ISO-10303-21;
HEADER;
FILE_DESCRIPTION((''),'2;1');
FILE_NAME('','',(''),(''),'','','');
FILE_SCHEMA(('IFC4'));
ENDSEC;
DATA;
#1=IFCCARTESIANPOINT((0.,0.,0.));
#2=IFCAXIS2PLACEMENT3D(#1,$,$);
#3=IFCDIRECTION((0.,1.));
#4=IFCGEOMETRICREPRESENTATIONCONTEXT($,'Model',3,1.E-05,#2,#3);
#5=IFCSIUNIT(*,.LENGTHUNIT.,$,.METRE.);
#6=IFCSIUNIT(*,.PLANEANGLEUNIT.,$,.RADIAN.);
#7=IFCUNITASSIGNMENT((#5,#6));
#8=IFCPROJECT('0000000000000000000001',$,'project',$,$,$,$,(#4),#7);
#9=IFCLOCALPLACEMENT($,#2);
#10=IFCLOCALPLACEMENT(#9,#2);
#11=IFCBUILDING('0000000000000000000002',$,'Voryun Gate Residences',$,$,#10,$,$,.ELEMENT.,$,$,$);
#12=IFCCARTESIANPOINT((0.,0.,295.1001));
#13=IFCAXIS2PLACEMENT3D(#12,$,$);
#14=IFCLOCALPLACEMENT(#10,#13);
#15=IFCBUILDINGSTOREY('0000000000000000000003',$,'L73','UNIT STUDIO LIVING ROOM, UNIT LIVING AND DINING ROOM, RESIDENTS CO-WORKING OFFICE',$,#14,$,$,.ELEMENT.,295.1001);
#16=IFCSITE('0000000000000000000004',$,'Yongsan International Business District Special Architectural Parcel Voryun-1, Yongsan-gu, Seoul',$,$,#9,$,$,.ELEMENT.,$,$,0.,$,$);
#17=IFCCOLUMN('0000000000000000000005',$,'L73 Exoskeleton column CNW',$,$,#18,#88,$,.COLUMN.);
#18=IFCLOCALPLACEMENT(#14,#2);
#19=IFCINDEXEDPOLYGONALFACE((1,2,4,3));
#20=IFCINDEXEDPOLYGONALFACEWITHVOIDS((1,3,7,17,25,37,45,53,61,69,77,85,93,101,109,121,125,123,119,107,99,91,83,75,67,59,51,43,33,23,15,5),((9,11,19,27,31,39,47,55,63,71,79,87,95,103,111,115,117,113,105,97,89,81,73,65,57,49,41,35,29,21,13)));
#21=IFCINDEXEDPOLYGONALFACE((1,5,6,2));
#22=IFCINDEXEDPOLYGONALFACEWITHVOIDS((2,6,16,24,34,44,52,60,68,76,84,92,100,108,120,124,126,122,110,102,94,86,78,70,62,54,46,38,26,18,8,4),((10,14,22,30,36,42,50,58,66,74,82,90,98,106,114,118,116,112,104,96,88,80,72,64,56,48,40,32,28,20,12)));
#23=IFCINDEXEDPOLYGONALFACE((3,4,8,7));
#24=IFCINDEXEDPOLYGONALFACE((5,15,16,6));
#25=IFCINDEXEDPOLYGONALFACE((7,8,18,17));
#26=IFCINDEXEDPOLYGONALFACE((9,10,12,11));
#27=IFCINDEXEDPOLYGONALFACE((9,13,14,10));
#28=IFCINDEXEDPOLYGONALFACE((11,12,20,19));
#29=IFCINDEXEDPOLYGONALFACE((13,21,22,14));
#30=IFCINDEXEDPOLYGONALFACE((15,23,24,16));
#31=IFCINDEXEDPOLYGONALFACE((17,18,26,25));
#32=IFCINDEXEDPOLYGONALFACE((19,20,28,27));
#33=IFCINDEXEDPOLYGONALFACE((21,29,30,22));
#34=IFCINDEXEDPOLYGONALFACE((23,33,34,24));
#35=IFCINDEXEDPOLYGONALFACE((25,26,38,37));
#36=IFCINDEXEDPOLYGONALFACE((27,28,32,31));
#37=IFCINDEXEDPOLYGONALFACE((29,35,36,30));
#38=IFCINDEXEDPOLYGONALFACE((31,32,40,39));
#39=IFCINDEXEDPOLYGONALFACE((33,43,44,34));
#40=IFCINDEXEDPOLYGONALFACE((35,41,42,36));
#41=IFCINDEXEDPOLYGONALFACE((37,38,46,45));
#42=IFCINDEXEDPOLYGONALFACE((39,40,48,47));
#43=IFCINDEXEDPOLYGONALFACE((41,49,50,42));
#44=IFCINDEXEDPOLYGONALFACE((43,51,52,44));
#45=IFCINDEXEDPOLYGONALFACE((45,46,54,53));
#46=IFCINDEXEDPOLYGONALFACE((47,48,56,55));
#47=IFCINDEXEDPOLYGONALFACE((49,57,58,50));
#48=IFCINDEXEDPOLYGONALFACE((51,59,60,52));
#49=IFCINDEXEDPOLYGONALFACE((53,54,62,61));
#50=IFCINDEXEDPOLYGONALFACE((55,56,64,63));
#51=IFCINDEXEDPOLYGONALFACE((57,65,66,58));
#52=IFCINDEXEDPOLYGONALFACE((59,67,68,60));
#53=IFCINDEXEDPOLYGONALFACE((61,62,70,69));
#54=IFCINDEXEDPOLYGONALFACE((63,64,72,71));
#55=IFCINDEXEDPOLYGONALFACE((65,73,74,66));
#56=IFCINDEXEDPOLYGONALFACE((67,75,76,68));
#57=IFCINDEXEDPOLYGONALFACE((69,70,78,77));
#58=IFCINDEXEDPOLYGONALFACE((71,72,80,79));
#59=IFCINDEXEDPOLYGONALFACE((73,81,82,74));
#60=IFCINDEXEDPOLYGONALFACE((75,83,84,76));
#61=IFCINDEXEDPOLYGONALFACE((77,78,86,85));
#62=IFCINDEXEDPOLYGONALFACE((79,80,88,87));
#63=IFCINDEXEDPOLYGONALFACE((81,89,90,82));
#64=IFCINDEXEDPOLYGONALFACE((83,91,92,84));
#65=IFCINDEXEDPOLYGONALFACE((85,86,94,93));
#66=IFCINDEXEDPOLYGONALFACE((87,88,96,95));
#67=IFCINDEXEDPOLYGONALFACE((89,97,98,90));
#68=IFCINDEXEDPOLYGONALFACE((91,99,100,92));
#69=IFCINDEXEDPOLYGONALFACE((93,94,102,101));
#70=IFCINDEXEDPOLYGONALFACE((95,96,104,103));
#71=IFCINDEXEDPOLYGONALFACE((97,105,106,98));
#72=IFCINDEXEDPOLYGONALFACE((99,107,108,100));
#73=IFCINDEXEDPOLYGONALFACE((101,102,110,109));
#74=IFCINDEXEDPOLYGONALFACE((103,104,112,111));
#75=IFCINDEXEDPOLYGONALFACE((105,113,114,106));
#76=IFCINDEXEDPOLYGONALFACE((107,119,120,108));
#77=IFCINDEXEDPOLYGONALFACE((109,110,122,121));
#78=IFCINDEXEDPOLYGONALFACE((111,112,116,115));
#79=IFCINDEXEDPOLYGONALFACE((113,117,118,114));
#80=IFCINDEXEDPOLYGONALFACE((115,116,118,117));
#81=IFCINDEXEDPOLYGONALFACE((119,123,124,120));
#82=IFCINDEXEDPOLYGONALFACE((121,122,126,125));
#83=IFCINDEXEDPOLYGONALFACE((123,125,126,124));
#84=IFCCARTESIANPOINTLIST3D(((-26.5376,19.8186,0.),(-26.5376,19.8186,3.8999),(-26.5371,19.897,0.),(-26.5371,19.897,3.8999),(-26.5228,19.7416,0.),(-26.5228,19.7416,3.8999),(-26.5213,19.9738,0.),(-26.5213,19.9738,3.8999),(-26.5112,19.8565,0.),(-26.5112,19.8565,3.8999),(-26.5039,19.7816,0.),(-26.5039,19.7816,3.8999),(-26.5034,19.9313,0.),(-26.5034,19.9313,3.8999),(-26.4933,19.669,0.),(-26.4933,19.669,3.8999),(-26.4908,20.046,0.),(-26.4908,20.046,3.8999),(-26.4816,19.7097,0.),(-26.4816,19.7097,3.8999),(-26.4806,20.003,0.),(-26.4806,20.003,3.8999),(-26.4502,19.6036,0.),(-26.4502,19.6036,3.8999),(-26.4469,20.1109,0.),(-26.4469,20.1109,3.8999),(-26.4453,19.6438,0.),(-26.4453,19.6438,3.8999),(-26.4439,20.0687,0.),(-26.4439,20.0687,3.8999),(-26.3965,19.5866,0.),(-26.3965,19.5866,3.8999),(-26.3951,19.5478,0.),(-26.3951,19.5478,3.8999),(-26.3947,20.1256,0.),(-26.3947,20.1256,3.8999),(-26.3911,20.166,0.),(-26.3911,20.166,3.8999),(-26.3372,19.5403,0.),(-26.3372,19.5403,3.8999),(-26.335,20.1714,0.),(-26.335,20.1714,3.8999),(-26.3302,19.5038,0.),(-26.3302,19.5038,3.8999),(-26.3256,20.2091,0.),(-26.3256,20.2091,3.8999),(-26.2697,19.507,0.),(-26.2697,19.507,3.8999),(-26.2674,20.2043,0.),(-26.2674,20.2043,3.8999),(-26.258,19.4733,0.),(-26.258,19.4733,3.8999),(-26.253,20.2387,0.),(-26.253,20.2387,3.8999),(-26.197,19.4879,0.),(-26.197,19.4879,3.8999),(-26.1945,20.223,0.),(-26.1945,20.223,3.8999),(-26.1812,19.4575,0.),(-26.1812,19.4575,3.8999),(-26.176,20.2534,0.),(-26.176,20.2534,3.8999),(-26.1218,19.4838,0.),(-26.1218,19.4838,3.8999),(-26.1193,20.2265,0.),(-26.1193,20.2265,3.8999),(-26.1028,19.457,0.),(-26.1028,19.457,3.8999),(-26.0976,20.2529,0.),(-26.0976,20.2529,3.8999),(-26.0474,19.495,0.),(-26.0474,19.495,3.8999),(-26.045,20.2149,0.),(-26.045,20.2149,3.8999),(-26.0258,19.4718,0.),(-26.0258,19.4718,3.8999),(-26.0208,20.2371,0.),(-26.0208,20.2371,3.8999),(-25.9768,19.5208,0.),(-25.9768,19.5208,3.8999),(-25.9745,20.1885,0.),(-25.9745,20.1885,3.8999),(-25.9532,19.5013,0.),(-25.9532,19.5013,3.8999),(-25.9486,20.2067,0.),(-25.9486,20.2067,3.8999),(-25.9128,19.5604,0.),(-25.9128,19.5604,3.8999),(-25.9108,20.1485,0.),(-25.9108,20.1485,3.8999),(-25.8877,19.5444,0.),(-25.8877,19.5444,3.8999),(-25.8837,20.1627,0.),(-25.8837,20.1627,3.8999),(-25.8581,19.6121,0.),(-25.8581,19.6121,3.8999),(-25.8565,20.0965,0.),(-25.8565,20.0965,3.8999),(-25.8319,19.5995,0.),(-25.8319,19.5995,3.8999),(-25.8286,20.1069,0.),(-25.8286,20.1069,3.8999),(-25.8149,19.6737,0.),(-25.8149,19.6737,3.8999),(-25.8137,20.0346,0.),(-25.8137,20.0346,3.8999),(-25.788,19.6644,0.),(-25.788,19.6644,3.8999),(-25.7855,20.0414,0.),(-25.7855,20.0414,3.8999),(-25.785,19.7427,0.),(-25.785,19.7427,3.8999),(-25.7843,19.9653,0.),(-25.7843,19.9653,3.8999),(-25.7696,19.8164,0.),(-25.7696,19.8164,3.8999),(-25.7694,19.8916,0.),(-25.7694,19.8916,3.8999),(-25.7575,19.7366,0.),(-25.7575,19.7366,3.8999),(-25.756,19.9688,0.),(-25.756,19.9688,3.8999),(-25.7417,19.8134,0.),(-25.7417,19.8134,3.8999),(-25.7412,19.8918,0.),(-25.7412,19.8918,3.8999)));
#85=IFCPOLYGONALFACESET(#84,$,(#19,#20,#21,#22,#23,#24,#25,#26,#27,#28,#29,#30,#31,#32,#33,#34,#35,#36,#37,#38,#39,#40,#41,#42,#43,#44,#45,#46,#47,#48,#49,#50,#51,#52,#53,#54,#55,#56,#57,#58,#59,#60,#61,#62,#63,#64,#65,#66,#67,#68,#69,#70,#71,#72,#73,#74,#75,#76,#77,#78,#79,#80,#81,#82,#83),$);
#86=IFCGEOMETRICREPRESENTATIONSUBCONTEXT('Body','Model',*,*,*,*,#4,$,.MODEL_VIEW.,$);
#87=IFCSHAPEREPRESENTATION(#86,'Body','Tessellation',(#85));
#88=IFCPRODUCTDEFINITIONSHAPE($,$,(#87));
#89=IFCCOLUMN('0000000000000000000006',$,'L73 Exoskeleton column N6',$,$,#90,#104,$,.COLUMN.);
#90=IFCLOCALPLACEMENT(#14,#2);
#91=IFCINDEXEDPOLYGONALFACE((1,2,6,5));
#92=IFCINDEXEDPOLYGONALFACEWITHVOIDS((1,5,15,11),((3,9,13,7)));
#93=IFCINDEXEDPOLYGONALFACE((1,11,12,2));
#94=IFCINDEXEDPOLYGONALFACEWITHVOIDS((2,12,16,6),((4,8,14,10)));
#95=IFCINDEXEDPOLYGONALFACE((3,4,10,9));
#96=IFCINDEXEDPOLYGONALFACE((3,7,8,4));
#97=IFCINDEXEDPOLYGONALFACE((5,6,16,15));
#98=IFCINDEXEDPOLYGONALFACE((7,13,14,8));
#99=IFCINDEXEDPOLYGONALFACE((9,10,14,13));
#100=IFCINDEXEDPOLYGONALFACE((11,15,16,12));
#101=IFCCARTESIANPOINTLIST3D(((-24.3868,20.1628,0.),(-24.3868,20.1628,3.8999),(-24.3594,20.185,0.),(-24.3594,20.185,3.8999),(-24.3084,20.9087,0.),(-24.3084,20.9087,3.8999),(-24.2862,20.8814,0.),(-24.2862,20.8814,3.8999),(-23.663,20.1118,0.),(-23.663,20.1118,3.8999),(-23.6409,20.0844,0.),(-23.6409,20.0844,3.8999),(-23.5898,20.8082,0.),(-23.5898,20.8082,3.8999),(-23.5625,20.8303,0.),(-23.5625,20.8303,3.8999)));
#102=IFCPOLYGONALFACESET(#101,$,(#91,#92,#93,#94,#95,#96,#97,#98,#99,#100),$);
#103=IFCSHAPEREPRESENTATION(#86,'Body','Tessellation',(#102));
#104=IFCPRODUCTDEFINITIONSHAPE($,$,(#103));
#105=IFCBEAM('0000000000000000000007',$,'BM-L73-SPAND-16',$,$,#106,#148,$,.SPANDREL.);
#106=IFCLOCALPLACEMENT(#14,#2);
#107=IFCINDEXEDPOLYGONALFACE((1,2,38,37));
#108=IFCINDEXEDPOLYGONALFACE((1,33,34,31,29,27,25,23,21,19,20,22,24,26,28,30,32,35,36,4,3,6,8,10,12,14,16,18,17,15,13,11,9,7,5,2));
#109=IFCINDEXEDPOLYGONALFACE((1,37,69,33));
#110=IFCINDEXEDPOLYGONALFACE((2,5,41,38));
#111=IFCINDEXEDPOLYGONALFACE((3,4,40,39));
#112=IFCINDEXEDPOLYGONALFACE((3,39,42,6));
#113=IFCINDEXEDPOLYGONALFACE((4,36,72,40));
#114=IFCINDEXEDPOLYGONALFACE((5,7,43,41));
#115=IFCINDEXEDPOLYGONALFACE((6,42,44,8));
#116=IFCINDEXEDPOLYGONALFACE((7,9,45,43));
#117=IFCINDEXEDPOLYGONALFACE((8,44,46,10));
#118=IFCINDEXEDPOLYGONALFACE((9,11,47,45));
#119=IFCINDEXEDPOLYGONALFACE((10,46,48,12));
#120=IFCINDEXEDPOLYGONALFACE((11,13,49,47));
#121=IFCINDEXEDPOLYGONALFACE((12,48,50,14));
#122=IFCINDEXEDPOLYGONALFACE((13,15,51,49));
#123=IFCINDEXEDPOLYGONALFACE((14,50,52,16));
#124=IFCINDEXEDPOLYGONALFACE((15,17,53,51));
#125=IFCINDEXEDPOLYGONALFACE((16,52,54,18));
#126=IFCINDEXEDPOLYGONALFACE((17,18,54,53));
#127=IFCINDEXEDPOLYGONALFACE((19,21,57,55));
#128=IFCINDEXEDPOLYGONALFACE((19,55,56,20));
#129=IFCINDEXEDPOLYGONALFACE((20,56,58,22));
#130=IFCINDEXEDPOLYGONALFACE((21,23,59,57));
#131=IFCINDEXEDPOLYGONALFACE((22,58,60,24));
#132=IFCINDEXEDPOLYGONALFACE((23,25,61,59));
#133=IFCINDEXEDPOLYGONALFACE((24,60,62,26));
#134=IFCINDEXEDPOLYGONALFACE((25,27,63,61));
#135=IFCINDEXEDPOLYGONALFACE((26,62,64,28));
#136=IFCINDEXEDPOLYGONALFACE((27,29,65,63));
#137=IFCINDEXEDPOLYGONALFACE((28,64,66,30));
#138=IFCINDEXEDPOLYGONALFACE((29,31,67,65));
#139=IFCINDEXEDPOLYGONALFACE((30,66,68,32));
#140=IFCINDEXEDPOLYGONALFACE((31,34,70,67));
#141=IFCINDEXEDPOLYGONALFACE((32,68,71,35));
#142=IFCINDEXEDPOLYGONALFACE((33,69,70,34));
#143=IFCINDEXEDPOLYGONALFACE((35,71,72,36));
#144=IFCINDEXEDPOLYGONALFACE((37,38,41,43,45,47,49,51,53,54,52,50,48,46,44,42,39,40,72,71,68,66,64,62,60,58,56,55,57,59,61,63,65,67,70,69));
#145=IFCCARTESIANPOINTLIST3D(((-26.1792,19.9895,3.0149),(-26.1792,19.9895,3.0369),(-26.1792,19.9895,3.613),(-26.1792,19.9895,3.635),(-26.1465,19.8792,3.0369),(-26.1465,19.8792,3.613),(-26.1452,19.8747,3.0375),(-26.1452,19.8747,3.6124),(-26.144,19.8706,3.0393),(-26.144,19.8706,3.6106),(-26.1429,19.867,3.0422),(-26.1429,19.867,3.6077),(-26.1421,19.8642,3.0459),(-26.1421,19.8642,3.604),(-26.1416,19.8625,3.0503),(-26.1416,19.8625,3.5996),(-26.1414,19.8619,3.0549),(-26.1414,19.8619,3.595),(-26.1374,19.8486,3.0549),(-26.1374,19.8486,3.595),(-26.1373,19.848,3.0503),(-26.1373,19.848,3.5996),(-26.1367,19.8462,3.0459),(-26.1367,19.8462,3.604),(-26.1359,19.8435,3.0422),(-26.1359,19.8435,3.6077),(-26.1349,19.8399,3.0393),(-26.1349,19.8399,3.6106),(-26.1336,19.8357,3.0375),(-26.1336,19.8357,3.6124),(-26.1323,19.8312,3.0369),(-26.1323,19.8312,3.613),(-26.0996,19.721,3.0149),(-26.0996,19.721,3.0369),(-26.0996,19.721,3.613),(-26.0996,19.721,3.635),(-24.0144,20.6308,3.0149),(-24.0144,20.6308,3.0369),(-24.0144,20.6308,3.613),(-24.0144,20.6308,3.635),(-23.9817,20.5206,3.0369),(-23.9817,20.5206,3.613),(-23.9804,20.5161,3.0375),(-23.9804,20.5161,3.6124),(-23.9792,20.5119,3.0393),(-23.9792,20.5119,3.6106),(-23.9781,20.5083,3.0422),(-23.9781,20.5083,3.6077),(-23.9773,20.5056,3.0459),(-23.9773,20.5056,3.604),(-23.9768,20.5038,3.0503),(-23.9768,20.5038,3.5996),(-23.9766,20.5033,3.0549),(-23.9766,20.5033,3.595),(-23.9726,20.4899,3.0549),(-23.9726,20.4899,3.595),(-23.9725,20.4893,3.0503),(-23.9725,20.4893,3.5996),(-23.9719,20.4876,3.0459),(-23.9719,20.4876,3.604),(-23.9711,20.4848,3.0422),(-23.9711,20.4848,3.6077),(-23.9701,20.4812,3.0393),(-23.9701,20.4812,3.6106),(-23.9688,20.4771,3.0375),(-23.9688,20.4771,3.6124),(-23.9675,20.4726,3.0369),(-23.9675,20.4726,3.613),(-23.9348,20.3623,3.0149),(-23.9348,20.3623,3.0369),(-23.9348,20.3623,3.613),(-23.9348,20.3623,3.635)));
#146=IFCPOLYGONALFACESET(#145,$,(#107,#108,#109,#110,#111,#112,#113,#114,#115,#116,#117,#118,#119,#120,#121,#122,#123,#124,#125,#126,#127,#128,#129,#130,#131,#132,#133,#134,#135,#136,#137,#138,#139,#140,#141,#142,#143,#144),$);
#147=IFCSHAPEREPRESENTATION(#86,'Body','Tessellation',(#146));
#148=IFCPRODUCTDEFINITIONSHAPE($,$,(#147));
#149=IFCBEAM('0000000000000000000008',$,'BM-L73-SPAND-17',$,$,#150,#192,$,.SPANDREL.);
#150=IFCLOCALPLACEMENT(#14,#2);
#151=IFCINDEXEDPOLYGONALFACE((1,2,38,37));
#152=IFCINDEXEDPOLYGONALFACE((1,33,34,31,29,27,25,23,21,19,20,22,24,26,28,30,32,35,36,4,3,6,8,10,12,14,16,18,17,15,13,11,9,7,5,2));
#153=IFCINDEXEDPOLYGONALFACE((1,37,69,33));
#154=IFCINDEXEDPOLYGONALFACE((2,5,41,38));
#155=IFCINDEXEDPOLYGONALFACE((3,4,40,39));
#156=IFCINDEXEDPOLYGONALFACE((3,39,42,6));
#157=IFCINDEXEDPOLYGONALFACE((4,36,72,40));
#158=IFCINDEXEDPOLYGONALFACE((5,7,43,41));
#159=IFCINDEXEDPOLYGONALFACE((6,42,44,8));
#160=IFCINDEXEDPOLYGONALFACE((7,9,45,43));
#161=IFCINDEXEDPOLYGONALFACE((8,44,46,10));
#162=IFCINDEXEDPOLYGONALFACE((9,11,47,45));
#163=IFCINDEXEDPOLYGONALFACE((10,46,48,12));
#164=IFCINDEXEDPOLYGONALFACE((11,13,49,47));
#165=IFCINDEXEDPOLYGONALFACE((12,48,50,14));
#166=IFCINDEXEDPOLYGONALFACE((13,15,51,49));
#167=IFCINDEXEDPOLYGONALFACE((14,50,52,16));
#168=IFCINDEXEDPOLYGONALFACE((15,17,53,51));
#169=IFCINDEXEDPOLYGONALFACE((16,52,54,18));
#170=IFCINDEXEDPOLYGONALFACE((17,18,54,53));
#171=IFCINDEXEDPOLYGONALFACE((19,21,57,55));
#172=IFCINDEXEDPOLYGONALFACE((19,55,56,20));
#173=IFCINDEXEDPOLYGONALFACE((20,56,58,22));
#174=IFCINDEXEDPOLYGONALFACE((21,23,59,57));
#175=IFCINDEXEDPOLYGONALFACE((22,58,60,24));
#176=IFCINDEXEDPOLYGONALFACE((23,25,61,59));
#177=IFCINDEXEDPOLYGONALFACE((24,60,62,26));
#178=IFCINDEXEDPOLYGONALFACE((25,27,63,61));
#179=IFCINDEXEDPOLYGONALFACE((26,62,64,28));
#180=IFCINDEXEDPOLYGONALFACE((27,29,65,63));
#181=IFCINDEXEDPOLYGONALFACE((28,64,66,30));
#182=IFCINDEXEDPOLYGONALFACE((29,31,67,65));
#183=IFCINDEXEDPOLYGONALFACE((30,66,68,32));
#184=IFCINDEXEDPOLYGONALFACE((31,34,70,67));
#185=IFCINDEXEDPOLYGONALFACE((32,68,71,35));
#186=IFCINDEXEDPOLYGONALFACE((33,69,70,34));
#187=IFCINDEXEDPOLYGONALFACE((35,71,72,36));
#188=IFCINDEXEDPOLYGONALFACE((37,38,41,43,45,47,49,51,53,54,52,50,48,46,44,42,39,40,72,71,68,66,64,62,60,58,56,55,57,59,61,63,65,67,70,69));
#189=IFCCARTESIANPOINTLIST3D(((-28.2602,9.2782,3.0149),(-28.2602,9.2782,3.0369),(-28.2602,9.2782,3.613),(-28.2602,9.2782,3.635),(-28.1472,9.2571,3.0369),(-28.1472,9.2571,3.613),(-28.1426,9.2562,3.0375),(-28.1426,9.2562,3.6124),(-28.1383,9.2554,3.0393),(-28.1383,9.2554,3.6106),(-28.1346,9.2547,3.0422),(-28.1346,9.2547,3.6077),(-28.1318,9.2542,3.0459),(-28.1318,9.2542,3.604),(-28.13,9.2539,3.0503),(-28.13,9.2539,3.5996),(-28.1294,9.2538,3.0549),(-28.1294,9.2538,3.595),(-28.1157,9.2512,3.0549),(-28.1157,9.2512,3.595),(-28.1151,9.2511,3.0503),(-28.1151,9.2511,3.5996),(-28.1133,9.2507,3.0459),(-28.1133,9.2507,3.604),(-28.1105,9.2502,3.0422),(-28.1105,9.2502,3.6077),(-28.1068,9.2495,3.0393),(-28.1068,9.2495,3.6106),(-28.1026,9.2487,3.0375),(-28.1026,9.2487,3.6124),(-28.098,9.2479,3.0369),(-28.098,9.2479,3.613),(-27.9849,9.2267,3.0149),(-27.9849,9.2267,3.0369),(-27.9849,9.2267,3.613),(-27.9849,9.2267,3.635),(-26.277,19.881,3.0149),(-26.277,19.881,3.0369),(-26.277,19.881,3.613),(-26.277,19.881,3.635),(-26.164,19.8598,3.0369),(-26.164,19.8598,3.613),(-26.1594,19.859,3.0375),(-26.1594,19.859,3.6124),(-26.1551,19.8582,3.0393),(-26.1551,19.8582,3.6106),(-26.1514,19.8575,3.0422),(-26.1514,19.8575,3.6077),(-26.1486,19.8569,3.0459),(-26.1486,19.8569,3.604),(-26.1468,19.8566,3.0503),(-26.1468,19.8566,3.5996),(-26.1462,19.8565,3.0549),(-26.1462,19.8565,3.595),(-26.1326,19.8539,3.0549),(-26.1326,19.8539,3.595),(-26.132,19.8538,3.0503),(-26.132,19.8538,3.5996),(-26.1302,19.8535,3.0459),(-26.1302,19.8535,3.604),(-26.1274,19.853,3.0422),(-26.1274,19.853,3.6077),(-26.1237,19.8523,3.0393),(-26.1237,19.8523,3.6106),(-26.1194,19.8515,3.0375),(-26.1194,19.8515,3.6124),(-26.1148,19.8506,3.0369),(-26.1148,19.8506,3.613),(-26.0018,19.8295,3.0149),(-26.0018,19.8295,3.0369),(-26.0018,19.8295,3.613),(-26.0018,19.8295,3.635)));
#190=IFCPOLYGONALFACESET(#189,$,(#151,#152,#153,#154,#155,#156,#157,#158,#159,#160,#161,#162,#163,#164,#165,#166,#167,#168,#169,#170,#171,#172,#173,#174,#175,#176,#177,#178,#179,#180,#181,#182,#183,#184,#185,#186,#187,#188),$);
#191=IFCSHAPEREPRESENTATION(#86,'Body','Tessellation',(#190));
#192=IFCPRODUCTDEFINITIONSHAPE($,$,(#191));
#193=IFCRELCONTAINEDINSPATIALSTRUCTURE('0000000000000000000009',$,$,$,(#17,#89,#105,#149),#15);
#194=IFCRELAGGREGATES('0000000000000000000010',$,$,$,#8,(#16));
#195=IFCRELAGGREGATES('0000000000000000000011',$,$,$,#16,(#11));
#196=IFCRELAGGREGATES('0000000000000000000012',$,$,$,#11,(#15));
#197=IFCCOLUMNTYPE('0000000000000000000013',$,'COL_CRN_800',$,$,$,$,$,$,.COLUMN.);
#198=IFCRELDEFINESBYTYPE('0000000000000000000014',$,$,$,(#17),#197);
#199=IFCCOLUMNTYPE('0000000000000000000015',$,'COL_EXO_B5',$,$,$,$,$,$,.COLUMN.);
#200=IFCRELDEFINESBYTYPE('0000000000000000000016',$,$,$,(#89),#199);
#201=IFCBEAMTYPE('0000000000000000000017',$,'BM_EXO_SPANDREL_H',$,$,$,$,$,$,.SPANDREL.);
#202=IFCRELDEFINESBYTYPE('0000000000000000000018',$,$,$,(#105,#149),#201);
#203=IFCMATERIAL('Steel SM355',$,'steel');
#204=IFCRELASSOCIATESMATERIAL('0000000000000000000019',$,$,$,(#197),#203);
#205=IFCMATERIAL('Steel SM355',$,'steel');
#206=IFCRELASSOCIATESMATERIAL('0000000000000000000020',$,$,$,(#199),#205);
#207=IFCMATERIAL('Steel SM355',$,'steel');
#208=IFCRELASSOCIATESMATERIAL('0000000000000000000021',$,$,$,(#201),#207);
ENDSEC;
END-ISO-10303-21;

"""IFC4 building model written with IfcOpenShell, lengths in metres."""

from ifc_helpers import new_model, si_unit, direction, frame, origin, origin_2d, place, context, subcontext, project, spatial, hollow_rectangle, hollow_circle, i_section, extrude, material, material_profile, profile_set, type_object, element, save


model = new_model("IFC4")

# Units and contexts
model_context = context("Model", 3, precision=1e-05, world=origin(), true_north=direction((0.0, 1.0)))
body_context = subcontext(model_context, "Body", "Model", "MODEL_VIEW")
ifc_project = project(units=[si_unit("LENGTHUNIT", "METRE"), si_unit("PLANEANGLEUNIT", "RADIAN")], contexts=[model_context])

# Site, building, storey
site_placement = place(None, origin())
site = spatial("IfcSite", under=ifc_project, at=site_placement, Name="Yongsan International Business District Special Architectural Parcel Voryun-1, Yongsan-gu, Seoul", CompositionType="ELEMENT", RefElevation=0.0)
building_placement = place(site_placement, origin())
building = spatial("IfcBuilding", under=site, at=building_placement, Name="Voryun Gate Residences", CompositionType="ELEMENT")
storey_placement = place(building_placement, frame((0.0, 0.0, 295.1001)))
storey = spatial("IfcBuildingStorey", under=building, at=storey_placement, Name="L73", Description="UNIT STUDIO LIVING ROOM, UNIT LIVING AND DINING ROOM, RESIDENTS CO-WORKING OFFICE", CompositionType="ELEMENT", Elevation=295.1001)

# Columns
ifc_material_1 = material(Name="Steel SM355", Category="steel")
ifc_material_profile_1 = material_profile(ifc_material_1, hollow_circle(Radius=0.3999, WallThickness=0.0281, at=origin_2d()), Name="CHS-800x28")
ifc_profile_set_1 = profile_set([ifc_material_profile_1], Name="Steel SM355")
column_type_1 = type_object("IfcColumnType", Name="COL_CRN_800", PredefinedType="COLUMN", material=ifc_profile_set_1)
column_1_placement = place(storey_placement, frame((-26.1394, 19.8552, 0.0), z_axis=(0.0, 0.0, 1.0), x_axis=(0.994522, -0.104528, 0.0)))
element("IfcColumn", 1, at=column_1_placement, inside=storey, type_object=column_type_1, Name="L73 Exoskeleton column CNW", PredefinedType="COLUMN", context=body_context, shape_type="SweptSolid", body=[
    extrude(hollow_circle(Radius=0.3999, WallThickness=0.0281, at=origin_2d()), origin(), (0.0, 0.0, 1.0), 3.8999),
])
ifc_material_2 = material(Name="Steel SM355", Category="steel")
ifc_material_profile_2 = material_profile(ifc_material_2, hollow_rectangle(XDim=0.75, YDim=0.75, WallThickness=0.0249, at=origin_2d()), Name="BOX-750x750x25")
ifc_profile_set_2 = profile_set([ifc_material_profile_2], Name="Steel SM355")
column_type_2 = type_object("IfcColumnType", Name="COL_EXO_B5", PredefinedType="COLUMN", material=ifc_profile_set_2)
column_2_placement = place(storey_placement, frame((-23.9746, 20.4966, 0.0), z_axis=(0.0, 0.0, 1.0), x_axis=(0.994522, -0.104528, 0.0)))
element("IfcColumn", 2, at=column_2_placement, inside=storey, type_object=column_type_2, Name="L73 Exoskeleton column N6", PredefinedType="COLUMN", context=body_context, shape_type="SweptSolid", body=[
    extrude(hollow_rectangle(XDim=0.75, YDim=0.75, WallThickness=0.0249, at=origin_2d()), origin(), (0.0, 0.0, 1.0), 3.8999),
])

# Beams
ifc_material_3 = material(Name="Steel SM355", Category="steel")
ifc_material_profile_3 = material_profile(ifc_material_3, i_section(OverallWidth=0.28, OverallDepth=0.6201, WebThickness=0.0139, FlangeThickness=0.022, FilletRadius=0.0181, at=origin_2d()), Name="H-620x280x14x22")
ifc_profile_set_3 = profile_set([ifc_material_profile_3], Name="Steel SM355")
beam_type = type_object("IfcBeamType", Name="BM_EXO_SPANDREL_H", PredefinedType="SPANDREL", material=ifc_profile_set_3)
beam_1_placement = place(storey_placement, frame((-23.9746, 20.4966, 3.325), z_axis=(-0.958806, -0.284063, 0.0), x_axis=(0.284063, -0.958806, 0.0)))
element("IfcBeam", 3, at=beam_1_placement, inside=storey, type_object=beam_type, Name="BM-L73-SPAND-16", PredefinedType="SPANDREL", context=body_context, shape_type="SweptSolid", body=[
    extrude(i_section(OverallWidth=0.28, OverallDepth=0.6201, WebThickness=0.0139, FlangeThickness=0.022, FilletRadius=0.0181, at=origin_2d()), origin(), (0.0, 0.0, 1.0), 2.2578),
])
beam_2_placement = place(storey_placement, frame((-26.1394, 19.8552, 3.325), z_axis=(-0.183853, -0.982954, 0.0), x_axis=(0.982954, -0.183853, 0.0)))
element("IfcBeam", 4, at=beam_2_placement, inside=storey, type_object=beam_type, Name="BM-L73-SPAND-17", PredefinedType="SPANDREL", context=body_context, shape_type="SweptSolid", body=[
    extrude(i_section(OverallWidth=0.28, OverallDepth=0.6201, WebThickness=0.0139, FlangeThickness=0.022, FilletRadius=0.0181, at=origin_2d()), origin(), (0.0, 0.0, 1.0), 10.7866),
])

save(model, "model.ifc")
